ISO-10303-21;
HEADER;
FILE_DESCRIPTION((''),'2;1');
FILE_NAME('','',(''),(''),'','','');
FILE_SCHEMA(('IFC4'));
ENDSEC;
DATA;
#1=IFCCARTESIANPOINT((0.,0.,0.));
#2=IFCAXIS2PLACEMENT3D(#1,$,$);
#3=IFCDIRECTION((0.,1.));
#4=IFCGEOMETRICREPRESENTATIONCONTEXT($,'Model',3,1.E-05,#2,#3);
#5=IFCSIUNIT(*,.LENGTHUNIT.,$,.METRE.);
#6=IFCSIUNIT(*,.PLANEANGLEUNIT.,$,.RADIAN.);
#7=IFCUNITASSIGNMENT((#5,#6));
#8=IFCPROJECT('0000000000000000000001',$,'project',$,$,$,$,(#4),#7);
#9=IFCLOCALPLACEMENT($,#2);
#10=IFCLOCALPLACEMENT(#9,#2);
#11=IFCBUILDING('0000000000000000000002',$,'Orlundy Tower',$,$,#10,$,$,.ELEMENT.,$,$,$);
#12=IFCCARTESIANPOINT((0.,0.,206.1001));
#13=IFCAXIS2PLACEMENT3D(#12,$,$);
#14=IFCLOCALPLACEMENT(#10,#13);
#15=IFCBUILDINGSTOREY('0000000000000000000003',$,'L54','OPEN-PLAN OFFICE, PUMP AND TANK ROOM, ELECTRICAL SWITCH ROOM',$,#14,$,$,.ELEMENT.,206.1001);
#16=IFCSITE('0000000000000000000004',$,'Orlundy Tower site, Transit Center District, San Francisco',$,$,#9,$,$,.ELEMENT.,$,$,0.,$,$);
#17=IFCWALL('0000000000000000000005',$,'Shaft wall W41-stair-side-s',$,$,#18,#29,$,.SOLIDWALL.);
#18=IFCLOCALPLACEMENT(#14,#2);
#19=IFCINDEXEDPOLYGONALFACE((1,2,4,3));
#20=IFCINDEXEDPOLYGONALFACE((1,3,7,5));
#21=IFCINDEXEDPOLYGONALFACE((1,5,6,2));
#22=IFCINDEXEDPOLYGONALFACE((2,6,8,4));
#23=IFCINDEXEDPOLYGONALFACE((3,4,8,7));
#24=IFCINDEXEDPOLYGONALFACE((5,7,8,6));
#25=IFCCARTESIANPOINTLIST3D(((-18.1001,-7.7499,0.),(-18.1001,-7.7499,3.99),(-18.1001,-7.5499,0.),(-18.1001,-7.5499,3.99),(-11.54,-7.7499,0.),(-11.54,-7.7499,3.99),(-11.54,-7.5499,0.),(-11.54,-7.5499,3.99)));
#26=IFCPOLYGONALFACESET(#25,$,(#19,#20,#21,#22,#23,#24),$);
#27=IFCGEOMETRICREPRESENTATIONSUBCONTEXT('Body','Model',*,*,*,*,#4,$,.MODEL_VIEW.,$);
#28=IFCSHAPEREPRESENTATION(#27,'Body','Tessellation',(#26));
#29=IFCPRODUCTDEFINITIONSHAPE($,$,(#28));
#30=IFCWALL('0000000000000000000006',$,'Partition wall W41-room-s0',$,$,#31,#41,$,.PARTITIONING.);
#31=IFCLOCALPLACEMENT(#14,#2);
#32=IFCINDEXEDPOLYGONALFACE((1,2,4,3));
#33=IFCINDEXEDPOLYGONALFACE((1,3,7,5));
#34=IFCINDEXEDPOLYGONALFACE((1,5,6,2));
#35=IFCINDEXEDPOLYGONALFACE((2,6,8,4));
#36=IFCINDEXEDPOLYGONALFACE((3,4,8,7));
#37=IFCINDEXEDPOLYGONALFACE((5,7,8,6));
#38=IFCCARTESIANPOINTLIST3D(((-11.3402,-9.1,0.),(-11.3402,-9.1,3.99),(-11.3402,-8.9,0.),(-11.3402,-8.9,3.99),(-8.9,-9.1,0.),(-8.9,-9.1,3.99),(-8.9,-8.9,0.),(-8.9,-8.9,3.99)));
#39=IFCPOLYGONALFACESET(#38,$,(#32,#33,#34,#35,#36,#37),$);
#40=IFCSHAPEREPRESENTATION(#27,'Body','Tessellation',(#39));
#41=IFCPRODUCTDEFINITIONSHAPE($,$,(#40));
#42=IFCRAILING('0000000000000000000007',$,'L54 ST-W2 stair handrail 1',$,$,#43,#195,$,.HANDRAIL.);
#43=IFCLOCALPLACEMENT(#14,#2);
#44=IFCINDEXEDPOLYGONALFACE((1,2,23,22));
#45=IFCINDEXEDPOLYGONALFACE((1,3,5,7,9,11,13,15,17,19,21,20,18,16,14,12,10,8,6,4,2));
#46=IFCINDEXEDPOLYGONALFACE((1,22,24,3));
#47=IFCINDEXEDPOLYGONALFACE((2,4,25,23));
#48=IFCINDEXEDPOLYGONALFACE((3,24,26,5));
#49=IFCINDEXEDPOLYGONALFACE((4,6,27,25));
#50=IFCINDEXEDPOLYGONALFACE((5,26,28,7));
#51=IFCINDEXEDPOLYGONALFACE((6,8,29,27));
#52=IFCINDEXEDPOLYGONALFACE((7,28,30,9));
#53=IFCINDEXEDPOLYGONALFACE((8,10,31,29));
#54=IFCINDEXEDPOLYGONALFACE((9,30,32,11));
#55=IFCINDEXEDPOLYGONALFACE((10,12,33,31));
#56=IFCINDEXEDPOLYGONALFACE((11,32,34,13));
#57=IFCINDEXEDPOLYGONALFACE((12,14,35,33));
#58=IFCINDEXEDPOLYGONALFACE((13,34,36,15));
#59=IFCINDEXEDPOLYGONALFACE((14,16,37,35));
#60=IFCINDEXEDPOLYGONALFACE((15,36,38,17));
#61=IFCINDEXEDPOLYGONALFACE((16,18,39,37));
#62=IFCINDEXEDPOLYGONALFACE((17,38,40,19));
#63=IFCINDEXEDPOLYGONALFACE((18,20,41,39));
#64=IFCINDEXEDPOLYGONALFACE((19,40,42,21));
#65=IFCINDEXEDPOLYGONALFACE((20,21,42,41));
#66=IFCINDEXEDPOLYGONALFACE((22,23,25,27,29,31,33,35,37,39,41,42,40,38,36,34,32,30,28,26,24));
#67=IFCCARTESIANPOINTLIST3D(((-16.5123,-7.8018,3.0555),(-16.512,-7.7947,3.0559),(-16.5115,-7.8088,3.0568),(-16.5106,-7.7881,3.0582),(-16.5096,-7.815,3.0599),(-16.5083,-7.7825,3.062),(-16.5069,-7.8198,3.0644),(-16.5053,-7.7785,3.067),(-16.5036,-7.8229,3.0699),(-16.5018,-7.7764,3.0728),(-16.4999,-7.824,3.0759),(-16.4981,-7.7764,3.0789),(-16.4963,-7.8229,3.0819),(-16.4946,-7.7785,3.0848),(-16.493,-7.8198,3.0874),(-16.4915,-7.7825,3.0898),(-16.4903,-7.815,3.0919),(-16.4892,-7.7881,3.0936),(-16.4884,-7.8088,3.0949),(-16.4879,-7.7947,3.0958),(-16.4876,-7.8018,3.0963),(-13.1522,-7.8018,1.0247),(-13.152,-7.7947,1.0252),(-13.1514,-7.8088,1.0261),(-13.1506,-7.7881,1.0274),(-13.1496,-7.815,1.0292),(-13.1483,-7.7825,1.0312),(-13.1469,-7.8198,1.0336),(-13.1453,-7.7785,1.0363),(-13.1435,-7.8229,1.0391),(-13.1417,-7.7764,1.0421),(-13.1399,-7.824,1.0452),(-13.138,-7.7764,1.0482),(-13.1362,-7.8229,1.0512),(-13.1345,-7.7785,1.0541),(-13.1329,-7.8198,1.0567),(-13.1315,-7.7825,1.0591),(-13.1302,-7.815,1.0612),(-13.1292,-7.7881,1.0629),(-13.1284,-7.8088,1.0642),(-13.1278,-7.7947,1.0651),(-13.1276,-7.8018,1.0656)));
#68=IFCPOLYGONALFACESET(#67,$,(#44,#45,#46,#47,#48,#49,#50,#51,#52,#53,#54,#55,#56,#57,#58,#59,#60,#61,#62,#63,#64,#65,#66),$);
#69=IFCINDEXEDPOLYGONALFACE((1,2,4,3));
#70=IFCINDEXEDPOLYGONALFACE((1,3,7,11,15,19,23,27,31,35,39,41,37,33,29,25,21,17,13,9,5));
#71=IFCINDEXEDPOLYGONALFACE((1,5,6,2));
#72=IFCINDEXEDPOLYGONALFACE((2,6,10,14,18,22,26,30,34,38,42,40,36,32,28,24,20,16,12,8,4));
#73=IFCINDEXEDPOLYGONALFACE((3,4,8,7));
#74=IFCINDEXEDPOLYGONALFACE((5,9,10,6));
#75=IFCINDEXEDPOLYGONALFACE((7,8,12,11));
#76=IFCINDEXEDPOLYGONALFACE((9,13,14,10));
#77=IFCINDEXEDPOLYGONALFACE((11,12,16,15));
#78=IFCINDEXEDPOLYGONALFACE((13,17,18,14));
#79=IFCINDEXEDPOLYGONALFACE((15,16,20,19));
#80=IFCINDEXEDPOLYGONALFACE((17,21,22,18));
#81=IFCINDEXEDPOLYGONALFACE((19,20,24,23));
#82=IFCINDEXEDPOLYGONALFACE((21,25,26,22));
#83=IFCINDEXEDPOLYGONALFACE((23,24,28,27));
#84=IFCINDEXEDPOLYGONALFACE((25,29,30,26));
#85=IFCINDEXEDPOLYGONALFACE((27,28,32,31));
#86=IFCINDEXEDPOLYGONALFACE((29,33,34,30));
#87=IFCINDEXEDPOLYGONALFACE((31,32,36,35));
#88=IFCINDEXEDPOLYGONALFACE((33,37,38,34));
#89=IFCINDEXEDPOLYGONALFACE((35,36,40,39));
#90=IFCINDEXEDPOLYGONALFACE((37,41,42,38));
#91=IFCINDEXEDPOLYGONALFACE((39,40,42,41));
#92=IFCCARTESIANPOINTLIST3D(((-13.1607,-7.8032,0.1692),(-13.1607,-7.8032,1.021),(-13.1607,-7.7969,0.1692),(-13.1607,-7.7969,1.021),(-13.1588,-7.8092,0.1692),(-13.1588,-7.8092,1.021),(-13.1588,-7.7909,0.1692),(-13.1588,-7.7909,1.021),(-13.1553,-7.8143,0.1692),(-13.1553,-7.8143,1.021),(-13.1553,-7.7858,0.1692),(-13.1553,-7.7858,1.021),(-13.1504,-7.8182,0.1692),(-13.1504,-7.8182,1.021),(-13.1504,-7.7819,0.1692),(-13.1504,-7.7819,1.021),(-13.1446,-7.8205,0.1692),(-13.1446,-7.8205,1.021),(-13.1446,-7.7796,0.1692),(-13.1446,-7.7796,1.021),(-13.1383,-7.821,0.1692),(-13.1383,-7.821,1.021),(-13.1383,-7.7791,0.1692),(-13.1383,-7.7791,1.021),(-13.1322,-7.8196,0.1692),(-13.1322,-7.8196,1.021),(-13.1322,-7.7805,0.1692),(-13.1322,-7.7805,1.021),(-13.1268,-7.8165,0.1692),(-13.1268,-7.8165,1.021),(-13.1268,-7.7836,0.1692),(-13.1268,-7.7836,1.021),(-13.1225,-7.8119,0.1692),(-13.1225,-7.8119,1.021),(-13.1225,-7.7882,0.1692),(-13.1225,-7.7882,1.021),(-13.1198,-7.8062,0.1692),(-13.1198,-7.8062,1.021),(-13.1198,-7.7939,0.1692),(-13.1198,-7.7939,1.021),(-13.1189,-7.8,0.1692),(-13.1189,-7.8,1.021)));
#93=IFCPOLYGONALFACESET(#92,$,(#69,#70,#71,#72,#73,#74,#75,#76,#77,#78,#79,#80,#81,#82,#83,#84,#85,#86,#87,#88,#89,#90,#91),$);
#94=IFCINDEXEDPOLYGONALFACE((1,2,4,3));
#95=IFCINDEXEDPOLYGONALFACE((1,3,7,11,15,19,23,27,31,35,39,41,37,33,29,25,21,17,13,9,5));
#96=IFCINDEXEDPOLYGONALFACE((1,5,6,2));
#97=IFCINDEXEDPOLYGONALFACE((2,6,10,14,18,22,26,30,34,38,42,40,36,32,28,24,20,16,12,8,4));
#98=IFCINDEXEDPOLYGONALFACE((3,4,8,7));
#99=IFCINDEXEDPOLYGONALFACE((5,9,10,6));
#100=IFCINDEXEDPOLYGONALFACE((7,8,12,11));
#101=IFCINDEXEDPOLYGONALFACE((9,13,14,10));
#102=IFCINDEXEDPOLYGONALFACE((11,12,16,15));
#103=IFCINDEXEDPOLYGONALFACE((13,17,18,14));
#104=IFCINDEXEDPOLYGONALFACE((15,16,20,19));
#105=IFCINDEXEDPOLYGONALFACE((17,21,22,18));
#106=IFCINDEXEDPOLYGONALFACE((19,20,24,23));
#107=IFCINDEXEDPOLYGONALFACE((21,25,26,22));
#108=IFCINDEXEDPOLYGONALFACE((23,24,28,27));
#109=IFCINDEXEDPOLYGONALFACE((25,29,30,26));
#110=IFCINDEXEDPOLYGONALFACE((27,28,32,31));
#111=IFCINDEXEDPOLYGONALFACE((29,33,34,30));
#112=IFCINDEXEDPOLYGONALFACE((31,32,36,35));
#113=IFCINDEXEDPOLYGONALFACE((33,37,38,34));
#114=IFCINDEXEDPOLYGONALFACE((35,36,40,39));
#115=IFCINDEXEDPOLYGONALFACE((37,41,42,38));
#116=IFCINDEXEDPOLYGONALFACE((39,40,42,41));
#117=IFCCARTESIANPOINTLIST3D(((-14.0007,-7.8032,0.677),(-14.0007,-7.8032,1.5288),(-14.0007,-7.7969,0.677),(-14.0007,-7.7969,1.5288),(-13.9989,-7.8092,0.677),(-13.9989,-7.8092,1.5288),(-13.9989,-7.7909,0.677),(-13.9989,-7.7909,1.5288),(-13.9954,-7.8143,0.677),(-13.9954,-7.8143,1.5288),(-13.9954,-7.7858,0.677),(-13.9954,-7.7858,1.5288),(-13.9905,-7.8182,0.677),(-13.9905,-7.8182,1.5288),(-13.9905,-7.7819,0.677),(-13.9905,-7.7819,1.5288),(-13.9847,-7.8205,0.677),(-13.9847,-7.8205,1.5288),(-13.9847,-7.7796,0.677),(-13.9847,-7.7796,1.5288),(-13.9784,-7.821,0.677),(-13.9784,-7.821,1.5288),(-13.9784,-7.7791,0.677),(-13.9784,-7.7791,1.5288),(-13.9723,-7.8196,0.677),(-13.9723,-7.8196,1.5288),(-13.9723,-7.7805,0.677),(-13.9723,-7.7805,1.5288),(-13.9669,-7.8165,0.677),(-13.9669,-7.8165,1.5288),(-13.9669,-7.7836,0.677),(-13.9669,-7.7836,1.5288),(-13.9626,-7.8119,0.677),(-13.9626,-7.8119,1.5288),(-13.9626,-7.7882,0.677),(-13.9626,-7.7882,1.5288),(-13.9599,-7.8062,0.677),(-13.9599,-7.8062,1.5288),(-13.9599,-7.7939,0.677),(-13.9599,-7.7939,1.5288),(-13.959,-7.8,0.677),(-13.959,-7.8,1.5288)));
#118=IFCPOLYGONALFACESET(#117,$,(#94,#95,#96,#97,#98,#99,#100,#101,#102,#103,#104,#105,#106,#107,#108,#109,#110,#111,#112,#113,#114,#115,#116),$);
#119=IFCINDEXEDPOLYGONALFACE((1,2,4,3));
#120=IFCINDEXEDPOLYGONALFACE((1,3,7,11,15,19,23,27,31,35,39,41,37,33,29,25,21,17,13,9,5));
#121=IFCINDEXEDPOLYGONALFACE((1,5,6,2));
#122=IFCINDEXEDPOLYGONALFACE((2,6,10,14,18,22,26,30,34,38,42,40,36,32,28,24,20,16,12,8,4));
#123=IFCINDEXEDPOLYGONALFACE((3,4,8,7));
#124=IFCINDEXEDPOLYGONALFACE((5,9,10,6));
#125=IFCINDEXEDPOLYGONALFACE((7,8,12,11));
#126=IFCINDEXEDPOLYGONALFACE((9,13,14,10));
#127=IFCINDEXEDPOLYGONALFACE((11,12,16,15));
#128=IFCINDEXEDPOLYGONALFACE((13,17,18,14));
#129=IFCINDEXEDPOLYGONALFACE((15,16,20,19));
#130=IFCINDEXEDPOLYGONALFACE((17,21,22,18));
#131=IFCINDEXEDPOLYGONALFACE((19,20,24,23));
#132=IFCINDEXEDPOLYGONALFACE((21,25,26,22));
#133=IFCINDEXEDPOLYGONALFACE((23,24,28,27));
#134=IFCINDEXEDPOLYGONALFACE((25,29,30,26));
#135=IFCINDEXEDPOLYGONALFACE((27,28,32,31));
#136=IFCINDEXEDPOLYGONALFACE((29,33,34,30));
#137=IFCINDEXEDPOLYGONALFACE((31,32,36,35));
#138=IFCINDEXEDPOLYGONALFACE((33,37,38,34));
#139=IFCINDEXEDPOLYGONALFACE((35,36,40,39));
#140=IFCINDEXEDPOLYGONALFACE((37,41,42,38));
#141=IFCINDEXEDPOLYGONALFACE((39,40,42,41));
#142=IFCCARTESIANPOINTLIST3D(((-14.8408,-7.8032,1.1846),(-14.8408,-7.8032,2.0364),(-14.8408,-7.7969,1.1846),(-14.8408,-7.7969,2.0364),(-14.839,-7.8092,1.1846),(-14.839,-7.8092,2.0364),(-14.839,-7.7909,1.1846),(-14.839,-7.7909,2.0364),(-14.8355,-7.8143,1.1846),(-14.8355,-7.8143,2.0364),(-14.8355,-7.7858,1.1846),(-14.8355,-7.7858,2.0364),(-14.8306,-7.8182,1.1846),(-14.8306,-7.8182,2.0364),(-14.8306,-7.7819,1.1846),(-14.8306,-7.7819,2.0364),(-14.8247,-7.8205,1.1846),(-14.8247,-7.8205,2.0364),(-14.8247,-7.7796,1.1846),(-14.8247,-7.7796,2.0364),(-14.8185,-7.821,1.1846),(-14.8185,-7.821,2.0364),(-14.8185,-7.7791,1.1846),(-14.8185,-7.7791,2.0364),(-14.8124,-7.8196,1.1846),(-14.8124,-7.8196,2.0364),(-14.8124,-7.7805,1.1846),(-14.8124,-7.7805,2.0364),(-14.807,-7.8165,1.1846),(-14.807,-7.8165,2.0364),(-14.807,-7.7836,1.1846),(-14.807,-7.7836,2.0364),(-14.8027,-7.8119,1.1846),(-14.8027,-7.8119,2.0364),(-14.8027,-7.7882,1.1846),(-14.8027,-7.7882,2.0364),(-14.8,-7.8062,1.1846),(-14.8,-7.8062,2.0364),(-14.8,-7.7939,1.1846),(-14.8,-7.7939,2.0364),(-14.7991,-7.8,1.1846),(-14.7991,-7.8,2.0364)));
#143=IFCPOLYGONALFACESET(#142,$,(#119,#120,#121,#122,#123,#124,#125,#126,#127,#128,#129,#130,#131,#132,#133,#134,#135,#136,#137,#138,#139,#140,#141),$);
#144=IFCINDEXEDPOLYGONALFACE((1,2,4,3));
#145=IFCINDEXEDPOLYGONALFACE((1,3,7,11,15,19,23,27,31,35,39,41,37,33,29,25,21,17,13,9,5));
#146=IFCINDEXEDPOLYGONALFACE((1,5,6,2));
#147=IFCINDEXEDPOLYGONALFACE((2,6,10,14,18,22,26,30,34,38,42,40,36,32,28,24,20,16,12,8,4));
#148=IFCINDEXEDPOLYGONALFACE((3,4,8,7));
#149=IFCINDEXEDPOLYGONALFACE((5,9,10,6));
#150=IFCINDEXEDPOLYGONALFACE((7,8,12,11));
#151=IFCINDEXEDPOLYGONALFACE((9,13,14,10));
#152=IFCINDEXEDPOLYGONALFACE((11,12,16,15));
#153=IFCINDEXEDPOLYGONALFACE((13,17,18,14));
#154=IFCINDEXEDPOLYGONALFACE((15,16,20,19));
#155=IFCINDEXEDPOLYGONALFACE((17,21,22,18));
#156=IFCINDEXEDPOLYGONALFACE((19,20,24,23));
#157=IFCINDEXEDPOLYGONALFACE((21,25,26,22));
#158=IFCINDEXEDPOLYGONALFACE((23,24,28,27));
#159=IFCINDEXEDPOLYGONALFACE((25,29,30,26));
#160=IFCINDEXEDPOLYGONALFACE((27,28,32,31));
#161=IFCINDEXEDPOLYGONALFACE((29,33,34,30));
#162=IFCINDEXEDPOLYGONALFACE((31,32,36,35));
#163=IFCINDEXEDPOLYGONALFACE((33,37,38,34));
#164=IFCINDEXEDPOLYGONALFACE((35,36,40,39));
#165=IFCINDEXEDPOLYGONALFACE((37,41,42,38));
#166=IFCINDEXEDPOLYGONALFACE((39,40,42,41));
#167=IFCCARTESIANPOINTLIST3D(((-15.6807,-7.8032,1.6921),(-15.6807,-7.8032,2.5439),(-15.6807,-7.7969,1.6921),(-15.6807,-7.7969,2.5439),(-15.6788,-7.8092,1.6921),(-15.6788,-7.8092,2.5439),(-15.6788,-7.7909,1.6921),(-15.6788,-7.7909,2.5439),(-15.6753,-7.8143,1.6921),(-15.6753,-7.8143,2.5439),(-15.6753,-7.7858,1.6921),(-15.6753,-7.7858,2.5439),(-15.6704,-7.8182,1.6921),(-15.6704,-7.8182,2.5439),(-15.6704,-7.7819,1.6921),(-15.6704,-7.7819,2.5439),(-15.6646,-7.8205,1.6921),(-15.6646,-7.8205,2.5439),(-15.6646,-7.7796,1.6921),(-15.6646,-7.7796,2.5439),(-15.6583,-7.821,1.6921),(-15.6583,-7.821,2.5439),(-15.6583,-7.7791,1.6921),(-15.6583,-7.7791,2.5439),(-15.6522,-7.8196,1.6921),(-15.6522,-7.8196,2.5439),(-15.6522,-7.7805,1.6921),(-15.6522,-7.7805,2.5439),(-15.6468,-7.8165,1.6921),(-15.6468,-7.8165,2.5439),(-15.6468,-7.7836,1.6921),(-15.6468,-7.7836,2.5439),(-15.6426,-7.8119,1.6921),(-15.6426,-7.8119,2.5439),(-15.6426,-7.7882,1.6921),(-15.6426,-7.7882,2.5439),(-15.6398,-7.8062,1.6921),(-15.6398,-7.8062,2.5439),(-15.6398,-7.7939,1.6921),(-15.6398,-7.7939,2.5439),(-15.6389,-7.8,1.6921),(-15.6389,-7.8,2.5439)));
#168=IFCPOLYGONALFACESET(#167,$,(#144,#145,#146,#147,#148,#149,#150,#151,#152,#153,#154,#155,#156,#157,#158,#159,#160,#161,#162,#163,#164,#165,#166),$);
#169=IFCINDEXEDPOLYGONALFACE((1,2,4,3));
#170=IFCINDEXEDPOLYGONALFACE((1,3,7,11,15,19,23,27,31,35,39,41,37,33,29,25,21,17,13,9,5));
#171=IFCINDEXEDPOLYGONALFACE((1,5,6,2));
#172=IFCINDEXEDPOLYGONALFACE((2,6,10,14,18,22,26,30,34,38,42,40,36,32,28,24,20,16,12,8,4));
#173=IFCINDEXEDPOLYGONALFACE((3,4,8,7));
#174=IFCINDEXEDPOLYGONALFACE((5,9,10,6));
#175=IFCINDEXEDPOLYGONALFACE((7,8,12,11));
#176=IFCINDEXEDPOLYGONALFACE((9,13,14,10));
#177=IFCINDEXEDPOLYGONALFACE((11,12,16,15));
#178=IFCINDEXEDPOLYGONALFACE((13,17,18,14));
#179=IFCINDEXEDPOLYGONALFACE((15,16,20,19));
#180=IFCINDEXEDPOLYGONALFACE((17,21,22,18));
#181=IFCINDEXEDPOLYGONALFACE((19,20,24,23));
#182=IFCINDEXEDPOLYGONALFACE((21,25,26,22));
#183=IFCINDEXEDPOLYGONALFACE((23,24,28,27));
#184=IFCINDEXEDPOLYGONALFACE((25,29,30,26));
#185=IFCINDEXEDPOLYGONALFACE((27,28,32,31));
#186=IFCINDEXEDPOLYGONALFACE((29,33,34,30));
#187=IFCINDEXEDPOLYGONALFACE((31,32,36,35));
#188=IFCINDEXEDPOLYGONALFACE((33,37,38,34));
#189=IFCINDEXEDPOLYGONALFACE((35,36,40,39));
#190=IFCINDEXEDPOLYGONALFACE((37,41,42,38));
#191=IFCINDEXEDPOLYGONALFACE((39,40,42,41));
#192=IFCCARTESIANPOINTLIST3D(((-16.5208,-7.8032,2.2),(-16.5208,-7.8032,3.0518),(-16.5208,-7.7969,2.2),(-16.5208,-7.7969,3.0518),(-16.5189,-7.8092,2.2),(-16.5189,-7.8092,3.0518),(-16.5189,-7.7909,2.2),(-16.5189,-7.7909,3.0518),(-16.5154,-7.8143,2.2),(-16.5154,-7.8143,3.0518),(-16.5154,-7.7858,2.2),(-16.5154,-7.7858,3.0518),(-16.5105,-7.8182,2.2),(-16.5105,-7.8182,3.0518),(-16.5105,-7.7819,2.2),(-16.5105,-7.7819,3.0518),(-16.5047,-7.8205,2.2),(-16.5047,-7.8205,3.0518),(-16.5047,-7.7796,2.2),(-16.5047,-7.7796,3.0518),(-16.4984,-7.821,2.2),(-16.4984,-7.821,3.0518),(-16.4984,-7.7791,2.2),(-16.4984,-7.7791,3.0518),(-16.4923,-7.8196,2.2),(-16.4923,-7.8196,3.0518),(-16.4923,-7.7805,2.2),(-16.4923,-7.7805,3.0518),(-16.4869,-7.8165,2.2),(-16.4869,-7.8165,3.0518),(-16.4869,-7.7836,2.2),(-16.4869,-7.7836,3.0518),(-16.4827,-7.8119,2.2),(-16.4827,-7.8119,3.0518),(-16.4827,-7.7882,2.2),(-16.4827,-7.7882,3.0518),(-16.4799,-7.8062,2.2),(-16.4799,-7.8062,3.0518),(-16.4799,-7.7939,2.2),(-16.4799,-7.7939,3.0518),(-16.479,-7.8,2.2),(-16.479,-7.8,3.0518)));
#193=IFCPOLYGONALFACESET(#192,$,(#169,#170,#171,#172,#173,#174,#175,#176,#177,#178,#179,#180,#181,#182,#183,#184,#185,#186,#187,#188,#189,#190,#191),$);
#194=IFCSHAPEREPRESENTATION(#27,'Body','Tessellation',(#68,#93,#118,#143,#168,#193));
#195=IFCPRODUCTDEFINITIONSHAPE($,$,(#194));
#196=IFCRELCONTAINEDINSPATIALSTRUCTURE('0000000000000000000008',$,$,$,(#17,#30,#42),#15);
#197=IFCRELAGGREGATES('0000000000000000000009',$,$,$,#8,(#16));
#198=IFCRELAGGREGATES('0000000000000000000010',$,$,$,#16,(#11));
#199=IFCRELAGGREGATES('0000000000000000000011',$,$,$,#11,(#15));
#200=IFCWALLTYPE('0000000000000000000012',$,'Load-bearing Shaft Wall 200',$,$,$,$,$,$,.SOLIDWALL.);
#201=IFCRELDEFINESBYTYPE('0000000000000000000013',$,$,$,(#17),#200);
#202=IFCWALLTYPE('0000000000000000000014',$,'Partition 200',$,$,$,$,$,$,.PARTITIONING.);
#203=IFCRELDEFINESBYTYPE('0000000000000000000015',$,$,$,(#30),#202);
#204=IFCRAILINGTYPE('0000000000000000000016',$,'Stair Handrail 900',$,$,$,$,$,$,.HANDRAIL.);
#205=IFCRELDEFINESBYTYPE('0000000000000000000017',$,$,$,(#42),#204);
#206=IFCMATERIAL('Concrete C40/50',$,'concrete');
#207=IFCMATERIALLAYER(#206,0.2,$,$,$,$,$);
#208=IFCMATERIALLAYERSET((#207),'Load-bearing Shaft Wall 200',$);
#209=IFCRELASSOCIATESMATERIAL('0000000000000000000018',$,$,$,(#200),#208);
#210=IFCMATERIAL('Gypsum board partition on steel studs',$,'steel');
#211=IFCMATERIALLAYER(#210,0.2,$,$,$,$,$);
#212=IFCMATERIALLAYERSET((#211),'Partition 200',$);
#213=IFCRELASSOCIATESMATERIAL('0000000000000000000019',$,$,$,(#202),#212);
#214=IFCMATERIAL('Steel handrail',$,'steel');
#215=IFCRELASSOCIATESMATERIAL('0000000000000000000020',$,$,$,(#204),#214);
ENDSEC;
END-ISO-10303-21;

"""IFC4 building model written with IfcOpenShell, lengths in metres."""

from ifc_helpers import new_model, si_unit, direction, frame, frame_2d, origin, origin_2d, place, context, subcontext, project, spatial, rectangle, circle, extrude, material, layer, layer_set, type_object, element, save


model = new_model("IFC4")

# Units and contexts
model_context = context("Model", 3, precision=1e-05, world=origin(), true_north=direction((0.0, 1.0)))
body_context = subcontext(model_context, "Body", "Model", "MODEL_VIEW")
ifc_project = project(units=[si_unit("LENGTHUNIT", "METRE"), si_unit("PLANEANGLEUNIT", "RADIAN")], contexts=[model_context])

# Site, building, storey
site_placement = place(None, origin())
site = spatial("IfcSite", under=ifc_project, at=site_placement, Name="Orlundy Tower site, Transit Center District, San Francisco", CompositionType="ELEMENT", RefElevation=0.0)
building_placement = place(site_placement, origin())
building = spatial("IfcBuilding", under=site, at=building_placement, Name="Orlundy Tower", CompositionType="ELEMENT")
storey_placement = place(building_placement, frame((0.0, 0.0, 206.1001)))
storey = spatial("IfcBuildingStorey", under=building, at=storey_placement, Name="L54", Description="OPEN-PLAN OFFICE, PUMP AND TANK ROOM, ELECTRICAL SWITCH ROOM", CompositionType="ELEMENT", Elevation=206.1001)

# Walls
ifc_material_1 = material(Name="Concrete C40/50", Category="concrete")
ifc_layer_1 = layer(ifc_material_1, 0.2)
ifc_layer_set_1 = layer_set([ifc_layer_1], Name="Load-bearing Shaft Wall 200")
wall_type_1 = type_object("IfcWallType", Name="Load-bearing Shaft Wall 200", PredefinedType="SOLIDWALL", material=ifc_layer_set_1)
wall_1_placement = place(storey_placement, frame((-11.54, -7.6499, 0.0), z_axis=(0.0, 0.0, 1.0), x_axis=(-1.0, 0.0, 0.0)))
element("IfcWall", 1, at=wall_1_placement, inside=storey, type_object=wall_type_1, Name="Shaft wall W41-stair-side-s", PredefinedType="SOLIDWALL", context=body_context, shape_type="SweptSolid", body=[
    extrude(rectangle(XDim=6.5601, YDim=0.2, at=frame_2d((3.28, 0.0))), origin(), (0.0, 0.0, 1.0), 3.99),
])
ifc_material_2 = material(Name="Gypsum board partition on steel studs", Category="steel")
ifc_layer_2 = layer(ifc_material_2, 0.2)
ifc_layer_set_2 = layer_set([ifc_layer_2], Name="Partition 200")
wall_type_2 = type_object("IfcWallType", Name="Partition 200", PredefinedType="PARTITIONING", material=ifc_layer_set_2)
wall_2_placement = place(storey_placement, frame((-8.8999, -9.0, 0.0), z_axis=(0.0, 0.0, 1.0), x_axis=(-1.0, 0.0, 0.0)))
element("IfcWall", 2, at=wall_2_placement, inside=storey, type_object=wall_type_2, Name="Partition wall W41-room-s0", PredefinedType="PARTITIONING", context=body_context, shape_type="SweptSolid", body=[
    extrude(rectangle(XDim=2.4402, YDim=0.2, at=frame_2d((1.2202, 0.0))), origin(), (0.0, 0.0, 1.0), 3.99),
])

# Railing
ifc_material_3 = material(Name="Steel handrail", Category="steel")
railing_type_1 = type_object("IfcRailingType", Name="Stair Handrail 900", PredefinedType="HANDRAIL", material=ifc_material_3)
railing_1_placement = place(storey_placement, frame((-13.1399, -7.8, 0.1692)))
element("IfcRailing", 3, at=railing_1_placement, inside=storey, type_object=railing_type_1, Name="L54 ST-W2 stair handrail 1", PredefinedType="HANDRAIL", context=body_context, shape_type="SweptSolid", body=[
    extrude(circle(Radius=0.0239, at=origin_2d()), frame((0.0, 0.0, 0.876), z_axis=(-0.855837, 0.0, 0.517246), x_axis=(0.0, -1.0, 0.0)), (0.0, 0.0, 1.0), 3.926),
    extrude(circle(Radius=0.021, at=origin_2d()), origin(), (0.0, 0.0, 1.0), 0.8518),
    extrude(circle(Radius=0.021, at=origin_2d()), frame((-0.8401, 0.0, 0.5078)), (0.0, 0.0, 1.0), 0.8518),
    extrude(circle(Radius=0.021, at=origin_2d()), frame((-1.6802, 0.0, 1.0154)), (0.0, 0.0, 1.0), 0.8518),
    extrude(circle(Radius=0.021, at=origin_2d()), frame((-2.52, 0.0, 1.5229)), (0.0, 0.0, 1.0), 0.8518),
    extrude(circle(Radius=0.021, at=origin_2d()), frame((-3.3601, 0.0, 2.0308)), (0.0, 0.0, 1.0), 0.8518),
])

save(model, "model.ifc")
